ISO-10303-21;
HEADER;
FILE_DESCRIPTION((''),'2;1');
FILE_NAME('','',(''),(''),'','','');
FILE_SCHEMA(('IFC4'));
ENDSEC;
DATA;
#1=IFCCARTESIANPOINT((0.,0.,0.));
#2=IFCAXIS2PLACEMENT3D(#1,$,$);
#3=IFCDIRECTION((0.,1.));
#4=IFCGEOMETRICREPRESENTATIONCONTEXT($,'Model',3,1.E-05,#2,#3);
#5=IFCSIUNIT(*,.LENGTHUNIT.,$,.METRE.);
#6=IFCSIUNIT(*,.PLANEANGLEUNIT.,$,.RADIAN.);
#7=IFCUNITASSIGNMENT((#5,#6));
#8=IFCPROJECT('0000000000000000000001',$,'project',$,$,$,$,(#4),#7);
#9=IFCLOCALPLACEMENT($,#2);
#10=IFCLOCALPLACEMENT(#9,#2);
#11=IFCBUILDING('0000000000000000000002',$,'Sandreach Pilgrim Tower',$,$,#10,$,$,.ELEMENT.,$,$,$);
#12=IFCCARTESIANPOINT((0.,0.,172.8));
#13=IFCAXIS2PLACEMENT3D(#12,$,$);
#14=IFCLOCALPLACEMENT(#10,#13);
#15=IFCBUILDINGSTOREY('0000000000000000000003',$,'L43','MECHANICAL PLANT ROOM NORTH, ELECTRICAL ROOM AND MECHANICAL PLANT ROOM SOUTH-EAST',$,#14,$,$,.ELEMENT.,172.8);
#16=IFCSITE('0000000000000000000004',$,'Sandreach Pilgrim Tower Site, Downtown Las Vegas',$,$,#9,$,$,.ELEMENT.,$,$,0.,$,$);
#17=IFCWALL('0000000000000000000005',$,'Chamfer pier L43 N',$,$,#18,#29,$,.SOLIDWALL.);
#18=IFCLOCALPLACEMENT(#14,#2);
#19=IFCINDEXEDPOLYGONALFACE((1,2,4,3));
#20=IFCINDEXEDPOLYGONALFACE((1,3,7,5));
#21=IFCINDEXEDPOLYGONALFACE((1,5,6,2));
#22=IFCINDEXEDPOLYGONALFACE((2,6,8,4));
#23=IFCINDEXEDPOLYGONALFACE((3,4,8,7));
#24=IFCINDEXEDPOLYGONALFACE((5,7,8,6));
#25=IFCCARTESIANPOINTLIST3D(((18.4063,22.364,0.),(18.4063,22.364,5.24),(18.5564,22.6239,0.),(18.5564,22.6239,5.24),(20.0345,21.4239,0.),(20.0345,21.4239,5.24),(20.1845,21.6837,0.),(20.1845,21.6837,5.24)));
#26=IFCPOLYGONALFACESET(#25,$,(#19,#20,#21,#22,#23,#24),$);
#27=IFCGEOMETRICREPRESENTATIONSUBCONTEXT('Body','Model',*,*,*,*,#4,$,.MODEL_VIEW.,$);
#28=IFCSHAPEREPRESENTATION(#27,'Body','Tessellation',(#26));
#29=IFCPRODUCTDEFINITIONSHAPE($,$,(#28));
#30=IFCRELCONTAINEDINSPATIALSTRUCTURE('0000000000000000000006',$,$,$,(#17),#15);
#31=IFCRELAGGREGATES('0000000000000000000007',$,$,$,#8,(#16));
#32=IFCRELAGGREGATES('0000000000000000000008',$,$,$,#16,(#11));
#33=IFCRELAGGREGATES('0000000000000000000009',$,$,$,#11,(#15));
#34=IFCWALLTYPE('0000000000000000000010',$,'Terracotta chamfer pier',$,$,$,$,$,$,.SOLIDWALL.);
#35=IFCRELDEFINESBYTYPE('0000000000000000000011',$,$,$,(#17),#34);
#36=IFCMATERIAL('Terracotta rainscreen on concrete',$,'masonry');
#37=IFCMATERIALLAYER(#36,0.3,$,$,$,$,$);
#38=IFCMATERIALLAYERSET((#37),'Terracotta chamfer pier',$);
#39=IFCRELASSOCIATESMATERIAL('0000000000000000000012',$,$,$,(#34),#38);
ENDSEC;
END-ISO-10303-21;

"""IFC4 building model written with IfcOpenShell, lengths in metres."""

from ifc_helpers import new_model, si_unit, direction, frame, frame_2d, origin, place, context, subcontext, project, spatial, rectangle, extrude, material, layer, layer_set, type_object, element, save


model = new_model("IFC4")

# Units and contexts
model_context = context("Model", 3, precision=1e-05, world=origin(), true_north=direction((0.0, 1.0)))
body_context = subcontext(model_context, "Body", "Model", "MODEL_VIEW")
ifc_project = project(units=[si_unit("LENGTHUNIT", "METRE"), si_unit("PLANEANGLEUNIT", "RADIAN")], contexts=[model_context])

# Site, building, storey
site_placement = place(None, origin())
site = spatial("IfcSite", under=ifc_project, at=site_placement, Name="Sandreach Pilgrim Tower Site, Downtown Las Vegas", CompositionType="ELEMENT", RefElevation=0.0)
building_placement = place(site_placement, origin())
building = spatial("IfcBuilding", under=site, at=building_placement, Name="Sandreach Pilgrim Tower", CompositionType="ELEMENT")
storey_placement = place(building_placement, frame((0.0, 0.0, 172.8)))
storey = spatial("IfcBuildingStorey", under=building, at=storey_placement, Name="L43", Description="MECHANICAL PLANT ROOM NORTH, ELECTRICAL ROOM AND MECHANICAL PLANT ROOM SOUTH-EAST", CompositionType="ELEMENT", Elevation=172.8)

# Wall
ifc_material_1 = material(Name="Terracotta rainscreen on concrete", Category="masonry")
ifc_layer_1 = layer(ifc_material_1, 0.3)
ifc_layer_set_1 = layer_set([ifc_layer_1], Name="Terracotta chamfer pier")
wall_type_1 = type_object("IfcWallType", Name="Terracotta chamfer pier", PredefinedType="SOLIDWALL", material=ifc_layer_set_1)
wall_1_placement = place(storey_placement, frame((18.4814, 22.4939, 0.0), z_axis=(0.0, 0.0, 1.0), x_axis=(0.865989, -0.500063, 0.0)))
element("IfcWall", 1, at=wall_1_placement, inside=storey, type_object=wall_type_1, Name="Chamfer pier L43 N", PredefinedType="SOLIDWALL", context=body_context, shape_type="SweptSolid", body=[
    extrude(rectangle(XDim=1.8801, YDim=0.3, at=frame_2d((0.9399, 0.0))), origin(), (0.0, 0.0, 1.0), 5.24),
])

save(model, "model.ifc")
